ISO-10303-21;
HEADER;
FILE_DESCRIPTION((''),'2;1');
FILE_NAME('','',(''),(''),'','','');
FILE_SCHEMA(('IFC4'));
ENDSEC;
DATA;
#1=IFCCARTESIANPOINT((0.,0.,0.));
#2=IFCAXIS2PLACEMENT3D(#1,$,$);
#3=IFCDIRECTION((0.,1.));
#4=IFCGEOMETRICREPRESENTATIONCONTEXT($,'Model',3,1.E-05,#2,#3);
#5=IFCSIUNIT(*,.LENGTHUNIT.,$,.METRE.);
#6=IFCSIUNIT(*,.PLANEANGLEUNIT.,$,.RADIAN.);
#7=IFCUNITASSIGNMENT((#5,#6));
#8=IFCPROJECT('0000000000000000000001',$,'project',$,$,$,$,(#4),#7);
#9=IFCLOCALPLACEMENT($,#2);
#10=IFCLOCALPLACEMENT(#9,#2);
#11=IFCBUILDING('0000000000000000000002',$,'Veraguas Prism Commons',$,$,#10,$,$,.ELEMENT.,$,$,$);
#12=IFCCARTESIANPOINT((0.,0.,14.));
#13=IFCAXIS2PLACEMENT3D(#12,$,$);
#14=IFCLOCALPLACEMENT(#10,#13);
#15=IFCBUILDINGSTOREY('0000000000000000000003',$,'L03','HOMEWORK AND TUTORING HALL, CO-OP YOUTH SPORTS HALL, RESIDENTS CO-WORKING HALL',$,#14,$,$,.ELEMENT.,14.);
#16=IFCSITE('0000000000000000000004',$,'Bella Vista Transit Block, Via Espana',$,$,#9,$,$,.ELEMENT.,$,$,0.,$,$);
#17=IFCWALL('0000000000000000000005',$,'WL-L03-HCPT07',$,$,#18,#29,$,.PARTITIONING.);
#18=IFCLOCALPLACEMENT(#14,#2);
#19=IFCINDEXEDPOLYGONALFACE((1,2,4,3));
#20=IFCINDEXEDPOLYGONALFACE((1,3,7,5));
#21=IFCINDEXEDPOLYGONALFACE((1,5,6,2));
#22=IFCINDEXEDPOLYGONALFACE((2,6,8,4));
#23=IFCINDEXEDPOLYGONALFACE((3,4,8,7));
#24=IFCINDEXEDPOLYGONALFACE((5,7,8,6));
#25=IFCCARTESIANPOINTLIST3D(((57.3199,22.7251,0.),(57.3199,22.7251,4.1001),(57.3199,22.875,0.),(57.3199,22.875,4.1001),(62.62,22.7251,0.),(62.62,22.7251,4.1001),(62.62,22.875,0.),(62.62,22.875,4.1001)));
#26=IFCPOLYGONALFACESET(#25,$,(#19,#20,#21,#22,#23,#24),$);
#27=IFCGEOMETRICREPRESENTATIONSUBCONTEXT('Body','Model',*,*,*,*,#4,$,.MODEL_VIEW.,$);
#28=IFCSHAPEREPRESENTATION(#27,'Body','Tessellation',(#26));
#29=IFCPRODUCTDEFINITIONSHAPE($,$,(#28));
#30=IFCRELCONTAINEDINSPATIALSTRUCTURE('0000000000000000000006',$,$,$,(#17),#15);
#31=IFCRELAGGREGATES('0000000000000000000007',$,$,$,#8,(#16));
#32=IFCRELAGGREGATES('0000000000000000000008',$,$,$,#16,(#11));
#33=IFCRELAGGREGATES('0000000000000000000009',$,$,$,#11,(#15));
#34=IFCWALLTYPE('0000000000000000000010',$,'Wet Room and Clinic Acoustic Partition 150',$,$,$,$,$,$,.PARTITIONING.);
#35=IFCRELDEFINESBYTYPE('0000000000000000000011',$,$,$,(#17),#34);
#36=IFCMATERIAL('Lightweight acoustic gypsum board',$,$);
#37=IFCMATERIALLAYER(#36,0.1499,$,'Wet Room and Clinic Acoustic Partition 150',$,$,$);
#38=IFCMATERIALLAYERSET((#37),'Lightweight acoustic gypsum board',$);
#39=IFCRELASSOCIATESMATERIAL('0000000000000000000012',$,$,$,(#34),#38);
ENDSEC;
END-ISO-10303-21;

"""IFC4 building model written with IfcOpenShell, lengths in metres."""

from ifc_helpers import new_model, si_unit, direction, frame, frame_2d, origin, place, context, subcontext, project, spatial, rectangle, extrude, material, layer, layer_set, type_object, element, save


model = new_model("IFC4")

# Units and contexts
model_context = context("Model", 3, precision=1e-05, world=origin(), true_north=direction((0.0, 1.0)))
body_context = subcontext(model_context, "Body", "Model", "MODEL_VIEW")
ifc_project = project(units=[si_unit("LENGTHUNIT", "METRE"), si_unit("PLANEANGLEUNIT", "RADIAN")], contexts=[model_context])

# Site, building, storey
site_placement = place(None, origin())
site = spatial("IfcSite", under=ifc_project, at=site_placement, Name="Bella Vista Transit Block, Via Espana", CompositionType="ELEMENT", RefElevation=0.0)
building_placement = place(site_placement, origin())
building = spatial("IfcBuilding", under=site, at=building_placement, Name="Veraguas Prism Commons", CompositionType="ELEMENT")
storey_placement = place(building_placement, frame((0.0, 0.0, 14.0)))
storey = spatial("IfcBuildingStorey", under=building, at=storey_placement, Name="L03", Description="HOMEWORK AND TUTORING HALL, CO-OP YOUTH SPORTS HALL, RESIDENTS CO-WORKING HALL", CompositionType="ELEMENT", Elevation=14.0)

# Wall
ifc_material_1 = material(Name="Lightweight acoustic gypsum board")
ifc_layer_1 = layer(ifc_material_1, 0.1499, Name="Wet Room and Clinic Acoustic Partition 150")
ifc_layer_set_1 = layer_set([ifc_layer_1], Name="Lightweight acoustic gypsum board")
wall_type_1 = type_object("IfcWallType", Name="Wet Room and Clinic Acoustic Partition 150", PredefinedType="PARTITIONING", material=ifc_layer_set_1)
wall_1_placement = place(storey_placement, frame((57.3201, 22.8, 0.0), z_axis=(0.0, 0.0, 1.0), x_axis=(1.0, 0.0, 0.0)))
element("IfcWall", 1, at=wall_1_placement, inside=storey, type_object=wall_type_1, Name="WL-L03-HCPT07", PredefinedType="PARTITIONING", context=body_context, shape_type="SweptSolid", body=[
    extrude(rectangle(XDim=5.3, YDim=0.1499, at=frame_2d((2.6499, 0.0))), origin(), (0.0, 0.0, 1.0), 4.1001),
])

save(model, "model.ifc")
